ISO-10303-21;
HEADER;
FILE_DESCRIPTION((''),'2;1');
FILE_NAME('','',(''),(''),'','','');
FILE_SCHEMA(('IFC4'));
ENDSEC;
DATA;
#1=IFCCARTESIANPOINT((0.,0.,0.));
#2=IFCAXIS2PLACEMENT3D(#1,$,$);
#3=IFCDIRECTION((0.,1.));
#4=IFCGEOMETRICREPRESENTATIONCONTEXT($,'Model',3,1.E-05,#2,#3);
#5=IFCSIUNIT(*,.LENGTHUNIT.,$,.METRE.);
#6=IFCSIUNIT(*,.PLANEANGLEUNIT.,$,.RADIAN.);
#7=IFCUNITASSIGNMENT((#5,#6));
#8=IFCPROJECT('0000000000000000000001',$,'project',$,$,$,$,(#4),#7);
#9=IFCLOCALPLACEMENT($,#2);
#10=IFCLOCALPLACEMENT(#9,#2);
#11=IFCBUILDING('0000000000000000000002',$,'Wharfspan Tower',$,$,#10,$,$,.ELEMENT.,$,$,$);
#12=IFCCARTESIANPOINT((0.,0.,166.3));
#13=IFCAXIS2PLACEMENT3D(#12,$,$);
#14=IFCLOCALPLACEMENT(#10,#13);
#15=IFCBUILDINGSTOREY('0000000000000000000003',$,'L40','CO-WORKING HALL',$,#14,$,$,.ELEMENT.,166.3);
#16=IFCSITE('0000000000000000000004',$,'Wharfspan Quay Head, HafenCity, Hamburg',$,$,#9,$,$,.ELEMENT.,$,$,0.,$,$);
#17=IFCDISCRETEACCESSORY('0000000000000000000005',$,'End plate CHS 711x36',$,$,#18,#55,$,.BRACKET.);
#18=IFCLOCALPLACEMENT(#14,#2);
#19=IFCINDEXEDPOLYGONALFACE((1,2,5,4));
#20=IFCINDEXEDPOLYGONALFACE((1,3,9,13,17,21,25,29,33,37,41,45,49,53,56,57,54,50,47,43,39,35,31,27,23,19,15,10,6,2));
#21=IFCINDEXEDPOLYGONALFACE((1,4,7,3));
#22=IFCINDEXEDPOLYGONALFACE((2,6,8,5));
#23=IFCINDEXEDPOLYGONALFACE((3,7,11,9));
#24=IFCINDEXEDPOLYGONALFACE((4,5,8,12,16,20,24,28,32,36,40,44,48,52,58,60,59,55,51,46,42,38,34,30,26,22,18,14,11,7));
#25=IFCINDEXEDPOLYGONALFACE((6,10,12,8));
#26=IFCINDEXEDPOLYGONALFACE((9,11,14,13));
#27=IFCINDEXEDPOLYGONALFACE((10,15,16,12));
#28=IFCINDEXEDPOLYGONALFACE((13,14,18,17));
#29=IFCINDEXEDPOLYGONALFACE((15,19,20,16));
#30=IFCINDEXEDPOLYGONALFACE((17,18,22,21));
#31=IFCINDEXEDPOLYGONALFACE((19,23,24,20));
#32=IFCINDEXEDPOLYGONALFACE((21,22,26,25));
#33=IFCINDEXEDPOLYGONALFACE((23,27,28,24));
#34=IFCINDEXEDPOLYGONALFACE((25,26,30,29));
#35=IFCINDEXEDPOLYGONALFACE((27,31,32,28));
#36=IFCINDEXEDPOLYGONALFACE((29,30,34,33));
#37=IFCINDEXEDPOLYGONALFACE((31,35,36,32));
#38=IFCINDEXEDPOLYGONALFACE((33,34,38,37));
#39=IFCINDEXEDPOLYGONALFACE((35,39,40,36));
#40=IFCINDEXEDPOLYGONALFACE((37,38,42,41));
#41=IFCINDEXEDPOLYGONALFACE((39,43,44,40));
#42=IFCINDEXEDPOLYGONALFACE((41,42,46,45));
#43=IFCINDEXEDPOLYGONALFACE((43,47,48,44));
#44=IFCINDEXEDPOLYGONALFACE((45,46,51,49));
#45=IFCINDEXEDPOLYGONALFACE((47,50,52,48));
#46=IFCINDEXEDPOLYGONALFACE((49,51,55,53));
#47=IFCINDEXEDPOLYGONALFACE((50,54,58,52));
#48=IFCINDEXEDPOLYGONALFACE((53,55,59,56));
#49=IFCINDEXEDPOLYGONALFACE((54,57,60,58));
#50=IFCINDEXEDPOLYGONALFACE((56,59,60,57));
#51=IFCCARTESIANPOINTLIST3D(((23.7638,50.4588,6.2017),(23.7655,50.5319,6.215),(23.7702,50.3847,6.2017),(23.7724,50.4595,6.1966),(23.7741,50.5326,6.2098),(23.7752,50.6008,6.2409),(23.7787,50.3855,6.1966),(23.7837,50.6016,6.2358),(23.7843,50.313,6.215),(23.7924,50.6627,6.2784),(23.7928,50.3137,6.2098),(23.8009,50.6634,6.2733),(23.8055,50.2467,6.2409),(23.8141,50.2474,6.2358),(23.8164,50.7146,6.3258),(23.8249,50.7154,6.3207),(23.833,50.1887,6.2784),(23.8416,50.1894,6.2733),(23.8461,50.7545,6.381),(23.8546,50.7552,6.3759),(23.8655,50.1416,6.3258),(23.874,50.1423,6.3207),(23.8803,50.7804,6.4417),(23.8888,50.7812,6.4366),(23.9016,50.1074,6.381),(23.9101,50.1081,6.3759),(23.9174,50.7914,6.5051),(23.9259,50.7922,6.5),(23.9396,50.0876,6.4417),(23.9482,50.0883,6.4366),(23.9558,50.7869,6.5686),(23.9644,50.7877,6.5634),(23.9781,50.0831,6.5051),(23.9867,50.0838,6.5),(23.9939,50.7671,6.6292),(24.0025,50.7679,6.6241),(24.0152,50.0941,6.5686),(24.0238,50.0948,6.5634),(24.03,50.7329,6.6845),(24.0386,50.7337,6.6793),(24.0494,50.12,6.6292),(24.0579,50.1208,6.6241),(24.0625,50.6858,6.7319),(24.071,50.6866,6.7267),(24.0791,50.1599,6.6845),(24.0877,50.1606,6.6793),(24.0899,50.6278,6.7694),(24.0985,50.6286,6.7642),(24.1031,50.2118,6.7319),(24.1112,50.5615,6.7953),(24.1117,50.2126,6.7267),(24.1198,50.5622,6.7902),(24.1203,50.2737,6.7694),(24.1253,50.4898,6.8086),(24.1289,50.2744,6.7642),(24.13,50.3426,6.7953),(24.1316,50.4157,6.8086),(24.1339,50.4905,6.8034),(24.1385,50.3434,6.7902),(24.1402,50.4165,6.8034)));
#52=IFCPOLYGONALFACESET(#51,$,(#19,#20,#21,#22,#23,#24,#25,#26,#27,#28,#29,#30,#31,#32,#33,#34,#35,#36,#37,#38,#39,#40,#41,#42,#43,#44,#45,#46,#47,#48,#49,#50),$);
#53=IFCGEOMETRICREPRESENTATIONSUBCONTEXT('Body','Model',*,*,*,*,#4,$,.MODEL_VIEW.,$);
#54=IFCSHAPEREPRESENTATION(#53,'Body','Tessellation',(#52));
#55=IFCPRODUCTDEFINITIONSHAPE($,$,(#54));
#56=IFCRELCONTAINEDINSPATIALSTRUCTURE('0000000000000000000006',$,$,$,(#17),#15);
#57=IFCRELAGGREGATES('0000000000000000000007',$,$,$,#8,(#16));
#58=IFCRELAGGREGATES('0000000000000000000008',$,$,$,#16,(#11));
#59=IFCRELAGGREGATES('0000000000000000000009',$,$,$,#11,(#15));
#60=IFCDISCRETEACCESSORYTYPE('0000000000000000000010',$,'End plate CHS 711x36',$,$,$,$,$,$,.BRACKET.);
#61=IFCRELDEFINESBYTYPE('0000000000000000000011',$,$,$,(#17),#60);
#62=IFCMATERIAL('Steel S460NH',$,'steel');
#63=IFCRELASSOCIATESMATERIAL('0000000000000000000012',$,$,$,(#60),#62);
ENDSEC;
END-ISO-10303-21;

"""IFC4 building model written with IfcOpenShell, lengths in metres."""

from ifc_helpers import new_model, si_unit, direction, frame, origin, origin_2d, place, context, subcontext, project, spatial, circle, extrude, material, material_profile, profile_set, type_object, element, save


model = new_model("IFC4")

# Units and contexts
model_context = context("Model", 3, precision=1e-05, world=origin(), true_north=direction((0.0, 1.0)))
body_context = subcontext(model_context, "Body", "Model", "MODEL_VIEW")
ifc_project = project(units=[si_unit("LENGTHUNIT", "METRE"), si_unit("PLANEANGLEUNIT", "RADIAN")], contexts=[model_context])

# Site, building, storey
site_placement = place(None, origin())
site = spatial("IfcSite", under=ifc_project, at=site_placement, Name="Wharfspan Quay Head, HafenCity, Hamburg", CompositionType="ELEMENT", RefElevation=0.0)
building_placement = place(site_placement, origin())
building = spatial("IfcBuilding", under=site, at=building_placement, Name="Wharfspan Tower", CompositionType="ELEMENT")
storey_placement = place(building_placement, frame((0.0, 0.0, 166.3)))
storey = spatial("IfcBuildingStorey", under=building, at=storey_placement, Name="L40", Description="CO-WORKING HALL", CompositionType="ELEMENT", Elevation=166.3)

# Discrete accessory
ifc_material_1 = material(Name="Steel S460NH", Category="steel")
ifc_material_profile_1 = material_profile(ifc_material_1, circle(Radius=0.3555, at=origin_2d()))
ifc_profile_set_1 = profile_set([ifc_material_profile_1], Name="Steel S460NH")
discrete_accessory_type = type_object("IfcDiscreteAccessoryType", Name="End plate CHS 711x36", PredefinedType="BRACKET", material=ifc_profile_set_1)
discrete_accessory_placement = place(storey_placement, frame((23.9563, 50.438, 6.5), z_axis=(-0.855186, -0.073302, 0.513112), x_axis=(0.085402, -0.996345, 0.000001)))
element("IfcDiscreteAccessory", 1, at=discrete_accessory_placement, inside=storey, type_object=discrete_accessory_type, Name="End plate CHS 711x36", PredefinedType="BRACKET", context=body_context, shape_type="SweptSolid", body=[
    extrude(circle(Radius=0.3555, at=origin_2d()), origin(), (0.0, 0.0, 1.0), 0.01),
])

save(model, "model.ifc")
